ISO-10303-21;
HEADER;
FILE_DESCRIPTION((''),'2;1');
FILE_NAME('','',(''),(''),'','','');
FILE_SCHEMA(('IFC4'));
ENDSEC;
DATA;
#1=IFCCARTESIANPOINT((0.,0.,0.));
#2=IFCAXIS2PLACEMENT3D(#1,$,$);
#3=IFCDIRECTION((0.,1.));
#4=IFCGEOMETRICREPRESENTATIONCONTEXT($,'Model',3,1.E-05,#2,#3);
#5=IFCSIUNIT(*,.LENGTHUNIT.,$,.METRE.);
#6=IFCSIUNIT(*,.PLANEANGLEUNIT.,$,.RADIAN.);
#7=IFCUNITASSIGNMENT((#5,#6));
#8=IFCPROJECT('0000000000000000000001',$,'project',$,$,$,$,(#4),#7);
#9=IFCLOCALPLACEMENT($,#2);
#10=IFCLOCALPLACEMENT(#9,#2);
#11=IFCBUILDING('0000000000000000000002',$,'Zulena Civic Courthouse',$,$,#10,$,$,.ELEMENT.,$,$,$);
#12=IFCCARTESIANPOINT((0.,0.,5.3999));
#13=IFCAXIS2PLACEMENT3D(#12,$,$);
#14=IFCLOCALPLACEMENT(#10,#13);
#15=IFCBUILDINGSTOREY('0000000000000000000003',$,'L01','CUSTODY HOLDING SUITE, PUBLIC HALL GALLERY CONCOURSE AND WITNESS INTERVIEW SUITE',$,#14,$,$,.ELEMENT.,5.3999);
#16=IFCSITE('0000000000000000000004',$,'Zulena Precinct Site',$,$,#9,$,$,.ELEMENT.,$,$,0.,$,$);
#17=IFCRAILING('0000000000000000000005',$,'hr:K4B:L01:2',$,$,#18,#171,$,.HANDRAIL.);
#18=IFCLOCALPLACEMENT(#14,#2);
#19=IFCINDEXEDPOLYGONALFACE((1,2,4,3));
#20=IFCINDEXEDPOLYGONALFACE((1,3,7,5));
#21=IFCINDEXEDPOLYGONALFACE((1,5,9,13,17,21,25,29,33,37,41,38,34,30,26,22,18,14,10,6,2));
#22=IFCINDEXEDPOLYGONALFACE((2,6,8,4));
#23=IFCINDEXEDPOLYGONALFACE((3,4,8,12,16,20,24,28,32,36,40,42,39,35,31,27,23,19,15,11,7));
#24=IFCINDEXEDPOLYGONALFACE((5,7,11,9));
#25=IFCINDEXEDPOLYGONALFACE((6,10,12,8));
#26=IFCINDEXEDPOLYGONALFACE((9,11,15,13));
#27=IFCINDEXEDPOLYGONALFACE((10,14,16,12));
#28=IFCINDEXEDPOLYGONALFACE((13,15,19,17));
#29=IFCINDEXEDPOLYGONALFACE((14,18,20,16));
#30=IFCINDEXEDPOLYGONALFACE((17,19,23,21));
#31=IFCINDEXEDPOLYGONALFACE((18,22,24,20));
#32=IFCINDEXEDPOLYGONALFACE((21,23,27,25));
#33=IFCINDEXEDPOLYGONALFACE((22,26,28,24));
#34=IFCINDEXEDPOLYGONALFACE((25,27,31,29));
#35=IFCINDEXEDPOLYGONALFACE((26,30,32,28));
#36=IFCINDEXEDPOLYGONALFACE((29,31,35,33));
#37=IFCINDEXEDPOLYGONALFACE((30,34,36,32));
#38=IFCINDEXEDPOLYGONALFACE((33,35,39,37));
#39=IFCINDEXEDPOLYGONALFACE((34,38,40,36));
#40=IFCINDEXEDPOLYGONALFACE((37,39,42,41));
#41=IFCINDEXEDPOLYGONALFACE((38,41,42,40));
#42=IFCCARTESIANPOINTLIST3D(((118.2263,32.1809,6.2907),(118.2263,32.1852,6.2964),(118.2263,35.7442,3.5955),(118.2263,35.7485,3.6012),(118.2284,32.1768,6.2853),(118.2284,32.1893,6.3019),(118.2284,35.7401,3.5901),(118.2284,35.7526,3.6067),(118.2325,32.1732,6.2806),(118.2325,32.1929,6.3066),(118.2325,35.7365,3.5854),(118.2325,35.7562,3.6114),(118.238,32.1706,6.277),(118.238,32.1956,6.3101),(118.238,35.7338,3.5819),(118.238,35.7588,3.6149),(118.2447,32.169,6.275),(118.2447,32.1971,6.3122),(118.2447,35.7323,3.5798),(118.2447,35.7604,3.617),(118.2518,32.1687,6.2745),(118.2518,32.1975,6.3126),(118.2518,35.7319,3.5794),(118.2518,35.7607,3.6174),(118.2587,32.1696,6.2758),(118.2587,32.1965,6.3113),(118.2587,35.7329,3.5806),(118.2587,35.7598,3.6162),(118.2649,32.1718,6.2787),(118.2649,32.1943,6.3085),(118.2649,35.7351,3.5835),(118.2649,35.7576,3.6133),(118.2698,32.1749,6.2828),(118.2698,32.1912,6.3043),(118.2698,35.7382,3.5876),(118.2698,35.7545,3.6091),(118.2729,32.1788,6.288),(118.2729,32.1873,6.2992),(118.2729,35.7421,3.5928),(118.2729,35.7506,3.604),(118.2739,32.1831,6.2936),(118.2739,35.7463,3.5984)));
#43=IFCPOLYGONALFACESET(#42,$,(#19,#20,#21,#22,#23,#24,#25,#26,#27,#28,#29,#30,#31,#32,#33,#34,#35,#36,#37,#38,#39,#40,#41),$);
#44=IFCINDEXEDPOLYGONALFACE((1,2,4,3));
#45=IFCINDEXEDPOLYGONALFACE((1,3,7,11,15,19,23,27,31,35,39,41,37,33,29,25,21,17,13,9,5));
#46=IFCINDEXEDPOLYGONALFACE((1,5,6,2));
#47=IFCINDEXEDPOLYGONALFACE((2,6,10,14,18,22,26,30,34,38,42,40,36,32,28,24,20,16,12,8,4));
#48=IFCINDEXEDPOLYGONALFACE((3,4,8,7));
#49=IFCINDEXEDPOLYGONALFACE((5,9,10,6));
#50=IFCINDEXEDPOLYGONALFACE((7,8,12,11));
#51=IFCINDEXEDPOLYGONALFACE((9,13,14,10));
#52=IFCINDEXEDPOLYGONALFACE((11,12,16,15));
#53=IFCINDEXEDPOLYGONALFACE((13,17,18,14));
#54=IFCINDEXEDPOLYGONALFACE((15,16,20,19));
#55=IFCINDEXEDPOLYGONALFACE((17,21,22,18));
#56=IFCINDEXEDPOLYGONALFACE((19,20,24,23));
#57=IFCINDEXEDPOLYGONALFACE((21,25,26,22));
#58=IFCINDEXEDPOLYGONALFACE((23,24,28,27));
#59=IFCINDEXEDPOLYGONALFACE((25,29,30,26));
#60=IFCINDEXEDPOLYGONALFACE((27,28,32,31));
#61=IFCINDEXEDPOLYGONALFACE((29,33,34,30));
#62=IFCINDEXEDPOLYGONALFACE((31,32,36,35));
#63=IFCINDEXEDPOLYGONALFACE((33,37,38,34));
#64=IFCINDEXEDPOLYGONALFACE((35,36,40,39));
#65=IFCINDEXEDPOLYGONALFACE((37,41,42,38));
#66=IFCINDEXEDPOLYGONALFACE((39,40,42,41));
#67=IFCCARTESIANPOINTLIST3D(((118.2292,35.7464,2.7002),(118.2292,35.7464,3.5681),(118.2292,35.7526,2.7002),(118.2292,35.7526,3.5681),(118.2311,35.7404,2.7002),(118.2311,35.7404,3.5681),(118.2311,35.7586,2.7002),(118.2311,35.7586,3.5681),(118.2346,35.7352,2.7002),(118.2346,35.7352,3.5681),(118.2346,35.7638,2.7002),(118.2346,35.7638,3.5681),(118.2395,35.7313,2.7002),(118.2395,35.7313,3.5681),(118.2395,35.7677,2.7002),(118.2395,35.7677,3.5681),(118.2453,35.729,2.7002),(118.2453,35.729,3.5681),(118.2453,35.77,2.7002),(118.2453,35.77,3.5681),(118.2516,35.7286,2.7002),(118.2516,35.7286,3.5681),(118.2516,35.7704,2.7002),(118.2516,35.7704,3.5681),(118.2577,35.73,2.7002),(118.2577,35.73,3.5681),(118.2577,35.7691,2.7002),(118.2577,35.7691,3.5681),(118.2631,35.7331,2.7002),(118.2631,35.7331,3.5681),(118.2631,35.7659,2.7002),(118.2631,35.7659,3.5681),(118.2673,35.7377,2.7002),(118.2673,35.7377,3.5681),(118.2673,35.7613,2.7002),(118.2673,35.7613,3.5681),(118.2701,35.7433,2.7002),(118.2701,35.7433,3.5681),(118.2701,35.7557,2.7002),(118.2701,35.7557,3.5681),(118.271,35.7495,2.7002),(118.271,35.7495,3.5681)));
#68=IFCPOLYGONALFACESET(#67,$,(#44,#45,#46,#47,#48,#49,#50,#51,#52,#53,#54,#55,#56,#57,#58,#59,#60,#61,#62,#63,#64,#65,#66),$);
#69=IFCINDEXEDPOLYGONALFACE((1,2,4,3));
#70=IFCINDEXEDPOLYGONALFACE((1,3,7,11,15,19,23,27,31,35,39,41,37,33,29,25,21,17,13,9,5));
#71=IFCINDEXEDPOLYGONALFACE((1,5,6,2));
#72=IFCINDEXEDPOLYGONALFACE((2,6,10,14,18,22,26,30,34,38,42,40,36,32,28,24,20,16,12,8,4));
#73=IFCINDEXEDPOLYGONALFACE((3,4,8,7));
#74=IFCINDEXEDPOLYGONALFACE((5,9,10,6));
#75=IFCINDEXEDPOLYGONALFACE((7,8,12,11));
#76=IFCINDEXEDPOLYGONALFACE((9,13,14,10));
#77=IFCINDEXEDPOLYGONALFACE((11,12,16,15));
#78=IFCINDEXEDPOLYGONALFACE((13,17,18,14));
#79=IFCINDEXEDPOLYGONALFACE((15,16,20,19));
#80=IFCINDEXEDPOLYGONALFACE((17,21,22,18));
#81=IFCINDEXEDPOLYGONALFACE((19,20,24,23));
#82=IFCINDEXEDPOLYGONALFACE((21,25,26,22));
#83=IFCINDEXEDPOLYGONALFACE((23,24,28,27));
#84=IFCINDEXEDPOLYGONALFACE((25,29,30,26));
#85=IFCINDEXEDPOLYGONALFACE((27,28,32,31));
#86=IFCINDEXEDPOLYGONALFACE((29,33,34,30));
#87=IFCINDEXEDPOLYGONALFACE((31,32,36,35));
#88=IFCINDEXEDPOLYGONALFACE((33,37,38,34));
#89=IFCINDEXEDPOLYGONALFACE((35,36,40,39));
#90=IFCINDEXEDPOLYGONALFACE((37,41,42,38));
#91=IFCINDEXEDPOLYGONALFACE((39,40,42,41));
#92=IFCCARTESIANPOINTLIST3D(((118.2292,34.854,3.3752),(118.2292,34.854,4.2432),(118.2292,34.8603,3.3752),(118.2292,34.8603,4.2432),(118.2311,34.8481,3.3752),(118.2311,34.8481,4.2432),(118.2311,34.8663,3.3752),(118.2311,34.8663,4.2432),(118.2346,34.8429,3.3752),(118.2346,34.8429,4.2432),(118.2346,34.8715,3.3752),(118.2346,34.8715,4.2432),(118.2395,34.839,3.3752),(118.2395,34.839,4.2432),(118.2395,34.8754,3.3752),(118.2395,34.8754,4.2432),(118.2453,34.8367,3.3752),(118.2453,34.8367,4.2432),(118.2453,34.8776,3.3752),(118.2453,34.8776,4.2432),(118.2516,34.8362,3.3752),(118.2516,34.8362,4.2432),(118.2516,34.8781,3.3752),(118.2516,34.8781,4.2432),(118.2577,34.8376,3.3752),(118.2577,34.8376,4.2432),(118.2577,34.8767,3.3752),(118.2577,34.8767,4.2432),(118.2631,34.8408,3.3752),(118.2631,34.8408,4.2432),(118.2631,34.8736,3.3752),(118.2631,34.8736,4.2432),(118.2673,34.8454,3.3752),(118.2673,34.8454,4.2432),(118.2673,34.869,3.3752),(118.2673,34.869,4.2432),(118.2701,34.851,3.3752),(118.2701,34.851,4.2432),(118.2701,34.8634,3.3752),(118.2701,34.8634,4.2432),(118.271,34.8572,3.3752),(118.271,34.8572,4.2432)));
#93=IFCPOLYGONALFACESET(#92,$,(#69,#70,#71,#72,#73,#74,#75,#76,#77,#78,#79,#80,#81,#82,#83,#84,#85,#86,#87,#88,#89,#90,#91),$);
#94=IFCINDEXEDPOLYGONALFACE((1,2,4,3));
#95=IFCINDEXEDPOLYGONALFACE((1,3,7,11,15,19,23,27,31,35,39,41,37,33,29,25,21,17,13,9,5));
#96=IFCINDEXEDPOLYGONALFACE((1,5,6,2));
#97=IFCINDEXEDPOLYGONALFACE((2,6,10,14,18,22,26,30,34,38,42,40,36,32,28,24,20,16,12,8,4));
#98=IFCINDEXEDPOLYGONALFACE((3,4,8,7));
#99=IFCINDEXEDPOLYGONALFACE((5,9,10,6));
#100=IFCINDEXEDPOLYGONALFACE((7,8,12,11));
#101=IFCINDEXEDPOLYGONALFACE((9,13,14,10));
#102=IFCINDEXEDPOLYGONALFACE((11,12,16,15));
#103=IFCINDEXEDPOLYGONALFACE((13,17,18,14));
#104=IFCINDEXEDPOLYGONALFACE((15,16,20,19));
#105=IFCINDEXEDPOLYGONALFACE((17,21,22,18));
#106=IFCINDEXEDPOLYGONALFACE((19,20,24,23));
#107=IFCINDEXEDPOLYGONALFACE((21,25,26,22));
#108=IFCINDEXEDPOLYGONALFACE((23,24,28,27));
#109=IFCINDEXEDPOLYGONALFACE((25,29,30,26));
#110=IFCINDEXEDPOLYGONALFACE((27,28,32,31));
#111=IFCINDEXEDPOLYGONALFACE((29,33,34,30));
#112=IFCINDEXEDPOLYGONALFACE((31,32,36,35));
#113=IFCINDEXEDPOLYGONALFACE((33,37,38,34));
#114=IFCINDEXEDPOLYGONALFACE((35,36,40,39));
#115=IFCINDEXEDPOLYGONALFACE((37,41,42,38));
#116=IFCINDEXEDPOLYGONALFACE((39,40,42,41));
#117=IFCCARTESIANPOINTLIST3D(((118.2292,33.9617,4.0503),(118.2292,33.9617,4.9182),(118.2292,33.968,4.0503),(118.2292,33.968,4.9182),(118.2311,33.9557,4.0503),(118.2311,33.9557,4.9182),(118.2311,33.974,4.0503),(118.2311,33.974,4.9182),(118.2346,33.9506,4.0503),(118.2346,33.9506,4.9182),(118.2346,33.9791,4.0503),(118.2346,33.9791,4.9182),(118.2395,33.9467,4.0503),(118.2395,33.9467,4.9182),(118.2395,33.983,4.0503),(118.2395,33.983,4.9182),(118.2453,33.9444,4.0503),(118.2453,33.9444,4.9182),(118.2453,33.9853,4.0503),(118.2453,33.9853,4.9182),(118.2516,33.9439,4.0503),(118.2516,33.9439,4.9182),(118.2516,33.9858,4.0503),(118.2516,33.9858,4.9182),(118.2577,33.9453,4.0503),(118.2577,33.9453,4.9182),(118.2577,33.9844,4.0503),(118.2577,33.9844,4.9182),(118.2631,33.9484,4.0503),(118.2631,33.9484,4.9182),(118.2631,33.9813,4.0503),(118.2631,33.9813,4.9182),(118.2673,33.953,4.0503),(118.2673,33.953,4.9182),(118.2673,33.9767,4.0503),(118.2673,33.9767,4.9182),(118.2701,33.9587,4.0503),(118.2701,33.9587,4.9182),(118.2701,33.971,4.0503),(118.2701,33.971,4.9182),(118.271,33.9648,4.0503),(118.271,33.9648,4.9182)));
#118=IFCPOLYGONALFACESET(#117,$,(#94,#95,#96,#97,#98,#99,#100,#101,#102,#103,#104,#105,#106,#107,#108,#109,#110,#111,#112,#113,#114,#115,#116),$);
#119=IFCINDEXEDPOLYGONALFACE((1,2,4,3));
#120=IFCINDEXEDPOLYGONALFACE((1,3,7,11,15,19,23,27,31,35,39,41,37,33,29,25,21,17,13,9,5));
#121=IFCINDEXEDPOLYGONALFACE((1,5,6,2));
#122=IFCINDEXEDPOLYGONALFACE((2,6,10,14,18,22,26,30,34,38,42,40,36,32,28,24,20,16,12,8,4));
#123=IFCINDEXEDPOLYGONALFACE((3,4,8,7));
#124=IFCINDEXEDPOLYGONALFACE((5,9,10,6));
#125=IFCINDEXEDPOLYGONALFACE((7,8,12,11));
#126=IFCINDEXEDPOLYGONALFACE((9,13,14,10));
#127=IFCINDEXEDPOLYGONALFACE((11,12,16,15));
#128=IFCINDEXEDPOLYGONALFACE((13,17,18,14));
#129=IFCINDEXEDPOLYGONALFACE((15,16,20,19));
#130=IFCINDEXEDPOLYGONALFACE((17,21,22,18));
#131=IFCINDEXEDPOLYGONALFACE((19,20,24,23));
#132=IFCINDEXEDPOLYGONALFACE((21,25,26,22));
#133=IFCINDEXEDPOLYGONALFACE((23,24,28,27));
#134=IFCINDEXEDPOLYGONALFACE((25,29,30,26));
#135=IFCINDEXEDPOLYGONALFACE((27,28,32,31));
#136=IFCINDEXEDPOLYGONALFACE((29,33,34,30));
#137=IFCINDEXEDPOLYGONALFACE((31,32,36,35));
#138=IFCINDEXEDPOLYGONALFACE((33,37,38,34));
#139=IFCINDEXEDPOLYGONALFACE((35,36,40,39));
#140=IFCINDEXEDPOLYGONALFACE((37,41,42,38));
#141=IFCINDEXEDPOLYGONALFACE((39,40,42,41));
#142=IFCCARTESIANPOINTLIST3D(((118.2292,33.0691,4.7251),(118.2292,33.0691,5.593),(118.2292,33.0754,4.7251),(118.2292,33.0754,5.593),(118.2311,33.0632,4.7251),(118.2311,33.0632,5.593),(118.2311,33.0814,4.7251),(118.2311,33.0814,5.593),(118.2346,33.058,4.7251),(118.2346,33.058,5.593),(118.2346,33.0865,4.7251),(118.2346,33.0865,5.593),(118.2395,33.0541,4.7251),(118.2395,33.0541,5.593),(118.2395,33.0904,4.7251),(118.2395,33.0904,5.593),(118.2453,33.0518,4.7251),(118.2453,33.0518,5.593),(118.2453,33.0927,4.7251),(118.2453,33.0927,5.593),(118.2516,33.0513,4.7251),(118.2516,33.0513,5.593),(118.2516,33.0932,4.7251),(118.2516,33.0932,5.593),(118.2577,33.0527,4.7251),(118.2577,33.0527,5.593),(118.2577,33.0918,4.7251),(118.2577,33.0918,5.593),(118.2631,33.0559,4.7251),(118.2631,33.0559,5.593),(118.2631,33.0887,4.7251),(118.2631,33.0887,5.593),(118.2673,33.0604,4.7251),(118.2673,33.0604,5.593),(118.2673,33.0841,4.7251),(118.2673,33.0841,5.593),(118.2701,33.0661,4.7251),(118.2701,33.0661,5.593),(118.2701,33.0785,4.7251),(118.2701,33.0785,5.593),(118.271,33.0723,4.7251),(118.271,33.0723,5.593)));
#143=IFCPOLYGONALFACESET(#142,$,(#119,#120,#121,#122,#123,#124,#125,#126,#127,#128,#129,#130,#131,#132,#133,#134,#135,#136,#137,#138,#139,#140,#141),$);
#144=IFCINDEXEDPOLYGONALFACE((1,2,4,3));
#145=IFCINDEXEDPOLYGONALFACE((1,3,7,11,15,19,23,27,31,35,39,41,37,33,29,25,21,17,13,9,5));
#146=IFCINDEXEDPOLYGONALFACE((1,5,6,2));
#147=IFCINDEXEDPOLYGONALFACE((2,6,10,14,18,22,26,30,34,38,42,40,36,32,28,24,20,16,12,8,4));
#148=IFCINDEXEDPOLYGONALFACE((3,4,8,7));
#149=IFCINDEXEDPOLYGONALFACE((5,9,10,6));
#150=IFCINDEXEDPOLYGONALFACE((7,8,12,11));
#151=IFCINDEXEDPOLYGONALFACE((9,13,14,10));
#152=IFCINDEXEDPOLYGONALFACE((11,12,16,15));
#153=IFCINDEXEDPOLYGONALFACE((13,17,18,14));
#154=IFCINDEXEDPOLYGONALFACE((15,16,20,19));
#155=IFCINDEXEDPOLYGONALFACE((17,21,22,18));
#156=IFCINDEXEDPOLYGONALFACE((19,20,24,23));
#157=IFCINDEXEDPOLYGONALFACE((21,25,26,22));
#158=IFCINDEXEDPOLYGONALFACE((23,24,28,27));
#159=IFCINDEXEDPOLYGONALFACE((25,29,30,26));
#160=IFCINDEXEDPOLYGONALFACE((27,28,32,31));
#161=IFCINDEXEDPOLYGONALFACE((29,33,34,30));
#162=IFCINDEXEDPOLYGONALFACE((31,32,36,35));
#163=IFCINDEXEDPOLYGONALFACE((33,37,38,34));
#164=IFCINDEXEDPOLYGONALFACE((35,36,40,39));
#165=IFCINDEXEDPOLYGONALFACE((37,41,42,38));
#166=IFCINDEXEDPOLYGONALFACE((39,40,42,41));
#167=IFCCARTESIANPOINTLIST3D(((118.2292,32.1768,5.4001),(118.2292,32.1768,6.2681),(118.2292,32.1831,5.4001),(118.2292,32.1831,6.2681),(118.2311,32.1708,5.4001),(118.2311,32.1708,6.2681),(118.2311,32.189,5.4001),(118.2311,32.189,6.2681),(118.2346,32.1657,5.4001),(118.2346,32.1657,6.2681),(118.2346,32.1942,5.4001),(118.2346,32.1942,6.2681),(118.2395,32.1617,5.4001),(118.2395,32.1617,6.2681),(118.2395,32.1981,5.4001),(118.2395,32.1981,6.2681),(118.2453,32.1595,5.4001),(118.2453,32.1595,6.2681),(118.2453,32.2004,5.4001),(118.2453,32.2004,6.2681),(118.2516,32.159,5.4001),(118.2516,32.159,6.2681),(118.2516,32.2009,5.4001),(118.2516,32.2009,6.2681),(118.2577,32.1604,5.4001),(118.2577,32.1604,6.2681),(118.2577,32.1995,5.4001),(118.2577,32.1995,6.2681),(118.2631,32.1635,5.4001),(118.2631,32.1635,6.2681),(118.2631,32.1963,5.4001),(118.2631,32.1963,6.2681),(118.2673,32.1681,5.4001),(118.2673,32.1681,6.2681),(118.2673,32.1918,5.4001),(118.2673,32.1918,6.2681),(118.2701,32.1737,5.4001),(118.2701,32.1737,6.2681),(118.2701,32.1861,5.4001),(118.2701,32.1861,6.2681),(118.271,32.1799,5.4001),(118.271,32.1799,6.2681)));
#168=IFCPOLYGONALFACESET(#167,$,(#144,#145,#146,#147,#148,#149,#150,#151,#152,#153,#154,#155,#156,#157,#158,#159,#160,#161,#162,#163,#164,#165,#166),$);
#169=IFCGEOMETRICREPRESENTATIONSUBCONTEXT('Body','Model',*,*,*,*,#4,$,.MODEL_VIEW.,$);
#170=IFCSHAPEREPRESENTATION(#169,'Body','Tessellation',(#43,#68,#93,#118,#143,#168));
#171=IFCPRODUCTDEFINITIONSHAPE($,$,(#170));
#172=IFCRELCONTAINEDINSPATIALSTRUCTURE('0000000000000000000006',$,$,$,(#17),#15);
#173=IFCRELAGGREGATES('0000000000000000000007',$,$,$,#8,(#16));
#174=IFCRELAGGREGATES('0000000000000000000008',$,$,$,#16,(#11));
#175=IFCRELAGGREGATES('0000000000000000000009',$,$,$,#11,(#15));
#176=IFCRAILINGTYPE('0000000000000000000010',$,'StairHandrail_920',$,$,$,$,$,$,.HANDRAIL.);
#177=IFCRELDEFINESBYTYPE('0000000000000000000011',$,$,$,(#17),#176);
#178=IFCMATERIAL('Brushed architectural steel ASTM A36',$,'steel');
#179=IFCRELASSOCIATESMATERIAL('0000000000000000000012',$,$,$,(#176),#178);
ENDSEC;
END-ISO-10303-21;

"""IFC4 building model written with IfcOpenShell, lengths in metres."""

from ifc_helpers import new_model, si_unit, direction, frame, origin, origin_2d, place, context, subcontext, project, spatial, circle, extrude, material, type_object, element, save


model = new_model("IFC4")

# Units and contexts
model_context = context("Model", 3, precision=1e-05, world=origin(), true_north=direction((0.0, 1.0)))
body_context = subcontext(model_context, "Body", "Model", "MODEL_VIEW")
ifc_project = project(units=[si_unit("LENGTHUNIT", "METRE"), si_unit("PLANEANGLEUNIT", "RADIAN")], contexts=[model_context])

# Site, building, storey
site_placement = place(None, origin())
site = spatial("IfcSite", under=ifc_project, at=site_placement, Name="Zulena Precinct Site", CompositionType="ELEMENT", RefElevation=0.0)
building_placement = place(site_placement, origin())
building = spatial("IfcBuilding", under=site, at=building_placement, Name="Zulena Civic Courthouse", CompositionType="ELEMENT")
storey_placement = place(building_placement, frame((0.0, 0.0, 5.3999)))
storey = spatial("IfcBuildingStorey", under=building, at=storey_placement, Name="L01", Description="CUSTODY HOLDING SUITE, PUBLIC HALL GALLERY CONCOURSE AND WITNESS INTERVIEW SUITE", CompositionType="ELEMENT", Elevation=5.3999)

# Railing
ifc_material_1 = material(Name="Brushed architectural steel ASTM A36", Category="steel")
railing_type_1 = type_object("IfcRailingType", Name="StairHandrail_920", PredefinedType="HANDRAIL", material=ifc_material_1)
railing_1_placement = place(storey_placement, frame((118.25, 35.7495, 2.7002)))
element("IfcRailing", 1, at=railing_1_placement, inside=storey, type_object=railing_type_1, Name="hr:K4B:L01:2", PredefinedType="HANDRAIL", context=body_context, shape_type="SweptSolid", body=[
    extrude(circle(Radius=0.0239, at=origin_2d()), frame((0.0, -0.0032, 0.8982), z_axis=(0.0, -0.797552, 0.60325), x_axis=(1.0, 0.0, 0.0)), (0.0, 0.0, 1.0), 4.4678),
    extrude(circle(Radius=0.021, at=origin_2d()), origin(), (0.0, 0.0, 1.0), 0.8679),
    extrude(circle(Radius=0.021, at=origin_2d()), frame((0.0, -0.8923, 0.675)), (0.0, 0.0, 1.0), 0.8679),
    extrude(circle(Radius=0.021, at=origin_2d()), frame((0.0, -1.7847, 1.3501)), (0.0, 0.0, 1.0), 0.8679),
    extrude(circle(Radius=0.021, at=origin_2d()), frame((0.0, -2.6772, 2.0249)), (0.0, 0.0, 1.0), 0.8679),
    extrude(circle(Radius=0.021, at=origin_2d()), frame((0.0, -3.5696, 2.7)), (0.0, 0.0, 1.0), 0.8679),
])

save(model, "model.ifc")
